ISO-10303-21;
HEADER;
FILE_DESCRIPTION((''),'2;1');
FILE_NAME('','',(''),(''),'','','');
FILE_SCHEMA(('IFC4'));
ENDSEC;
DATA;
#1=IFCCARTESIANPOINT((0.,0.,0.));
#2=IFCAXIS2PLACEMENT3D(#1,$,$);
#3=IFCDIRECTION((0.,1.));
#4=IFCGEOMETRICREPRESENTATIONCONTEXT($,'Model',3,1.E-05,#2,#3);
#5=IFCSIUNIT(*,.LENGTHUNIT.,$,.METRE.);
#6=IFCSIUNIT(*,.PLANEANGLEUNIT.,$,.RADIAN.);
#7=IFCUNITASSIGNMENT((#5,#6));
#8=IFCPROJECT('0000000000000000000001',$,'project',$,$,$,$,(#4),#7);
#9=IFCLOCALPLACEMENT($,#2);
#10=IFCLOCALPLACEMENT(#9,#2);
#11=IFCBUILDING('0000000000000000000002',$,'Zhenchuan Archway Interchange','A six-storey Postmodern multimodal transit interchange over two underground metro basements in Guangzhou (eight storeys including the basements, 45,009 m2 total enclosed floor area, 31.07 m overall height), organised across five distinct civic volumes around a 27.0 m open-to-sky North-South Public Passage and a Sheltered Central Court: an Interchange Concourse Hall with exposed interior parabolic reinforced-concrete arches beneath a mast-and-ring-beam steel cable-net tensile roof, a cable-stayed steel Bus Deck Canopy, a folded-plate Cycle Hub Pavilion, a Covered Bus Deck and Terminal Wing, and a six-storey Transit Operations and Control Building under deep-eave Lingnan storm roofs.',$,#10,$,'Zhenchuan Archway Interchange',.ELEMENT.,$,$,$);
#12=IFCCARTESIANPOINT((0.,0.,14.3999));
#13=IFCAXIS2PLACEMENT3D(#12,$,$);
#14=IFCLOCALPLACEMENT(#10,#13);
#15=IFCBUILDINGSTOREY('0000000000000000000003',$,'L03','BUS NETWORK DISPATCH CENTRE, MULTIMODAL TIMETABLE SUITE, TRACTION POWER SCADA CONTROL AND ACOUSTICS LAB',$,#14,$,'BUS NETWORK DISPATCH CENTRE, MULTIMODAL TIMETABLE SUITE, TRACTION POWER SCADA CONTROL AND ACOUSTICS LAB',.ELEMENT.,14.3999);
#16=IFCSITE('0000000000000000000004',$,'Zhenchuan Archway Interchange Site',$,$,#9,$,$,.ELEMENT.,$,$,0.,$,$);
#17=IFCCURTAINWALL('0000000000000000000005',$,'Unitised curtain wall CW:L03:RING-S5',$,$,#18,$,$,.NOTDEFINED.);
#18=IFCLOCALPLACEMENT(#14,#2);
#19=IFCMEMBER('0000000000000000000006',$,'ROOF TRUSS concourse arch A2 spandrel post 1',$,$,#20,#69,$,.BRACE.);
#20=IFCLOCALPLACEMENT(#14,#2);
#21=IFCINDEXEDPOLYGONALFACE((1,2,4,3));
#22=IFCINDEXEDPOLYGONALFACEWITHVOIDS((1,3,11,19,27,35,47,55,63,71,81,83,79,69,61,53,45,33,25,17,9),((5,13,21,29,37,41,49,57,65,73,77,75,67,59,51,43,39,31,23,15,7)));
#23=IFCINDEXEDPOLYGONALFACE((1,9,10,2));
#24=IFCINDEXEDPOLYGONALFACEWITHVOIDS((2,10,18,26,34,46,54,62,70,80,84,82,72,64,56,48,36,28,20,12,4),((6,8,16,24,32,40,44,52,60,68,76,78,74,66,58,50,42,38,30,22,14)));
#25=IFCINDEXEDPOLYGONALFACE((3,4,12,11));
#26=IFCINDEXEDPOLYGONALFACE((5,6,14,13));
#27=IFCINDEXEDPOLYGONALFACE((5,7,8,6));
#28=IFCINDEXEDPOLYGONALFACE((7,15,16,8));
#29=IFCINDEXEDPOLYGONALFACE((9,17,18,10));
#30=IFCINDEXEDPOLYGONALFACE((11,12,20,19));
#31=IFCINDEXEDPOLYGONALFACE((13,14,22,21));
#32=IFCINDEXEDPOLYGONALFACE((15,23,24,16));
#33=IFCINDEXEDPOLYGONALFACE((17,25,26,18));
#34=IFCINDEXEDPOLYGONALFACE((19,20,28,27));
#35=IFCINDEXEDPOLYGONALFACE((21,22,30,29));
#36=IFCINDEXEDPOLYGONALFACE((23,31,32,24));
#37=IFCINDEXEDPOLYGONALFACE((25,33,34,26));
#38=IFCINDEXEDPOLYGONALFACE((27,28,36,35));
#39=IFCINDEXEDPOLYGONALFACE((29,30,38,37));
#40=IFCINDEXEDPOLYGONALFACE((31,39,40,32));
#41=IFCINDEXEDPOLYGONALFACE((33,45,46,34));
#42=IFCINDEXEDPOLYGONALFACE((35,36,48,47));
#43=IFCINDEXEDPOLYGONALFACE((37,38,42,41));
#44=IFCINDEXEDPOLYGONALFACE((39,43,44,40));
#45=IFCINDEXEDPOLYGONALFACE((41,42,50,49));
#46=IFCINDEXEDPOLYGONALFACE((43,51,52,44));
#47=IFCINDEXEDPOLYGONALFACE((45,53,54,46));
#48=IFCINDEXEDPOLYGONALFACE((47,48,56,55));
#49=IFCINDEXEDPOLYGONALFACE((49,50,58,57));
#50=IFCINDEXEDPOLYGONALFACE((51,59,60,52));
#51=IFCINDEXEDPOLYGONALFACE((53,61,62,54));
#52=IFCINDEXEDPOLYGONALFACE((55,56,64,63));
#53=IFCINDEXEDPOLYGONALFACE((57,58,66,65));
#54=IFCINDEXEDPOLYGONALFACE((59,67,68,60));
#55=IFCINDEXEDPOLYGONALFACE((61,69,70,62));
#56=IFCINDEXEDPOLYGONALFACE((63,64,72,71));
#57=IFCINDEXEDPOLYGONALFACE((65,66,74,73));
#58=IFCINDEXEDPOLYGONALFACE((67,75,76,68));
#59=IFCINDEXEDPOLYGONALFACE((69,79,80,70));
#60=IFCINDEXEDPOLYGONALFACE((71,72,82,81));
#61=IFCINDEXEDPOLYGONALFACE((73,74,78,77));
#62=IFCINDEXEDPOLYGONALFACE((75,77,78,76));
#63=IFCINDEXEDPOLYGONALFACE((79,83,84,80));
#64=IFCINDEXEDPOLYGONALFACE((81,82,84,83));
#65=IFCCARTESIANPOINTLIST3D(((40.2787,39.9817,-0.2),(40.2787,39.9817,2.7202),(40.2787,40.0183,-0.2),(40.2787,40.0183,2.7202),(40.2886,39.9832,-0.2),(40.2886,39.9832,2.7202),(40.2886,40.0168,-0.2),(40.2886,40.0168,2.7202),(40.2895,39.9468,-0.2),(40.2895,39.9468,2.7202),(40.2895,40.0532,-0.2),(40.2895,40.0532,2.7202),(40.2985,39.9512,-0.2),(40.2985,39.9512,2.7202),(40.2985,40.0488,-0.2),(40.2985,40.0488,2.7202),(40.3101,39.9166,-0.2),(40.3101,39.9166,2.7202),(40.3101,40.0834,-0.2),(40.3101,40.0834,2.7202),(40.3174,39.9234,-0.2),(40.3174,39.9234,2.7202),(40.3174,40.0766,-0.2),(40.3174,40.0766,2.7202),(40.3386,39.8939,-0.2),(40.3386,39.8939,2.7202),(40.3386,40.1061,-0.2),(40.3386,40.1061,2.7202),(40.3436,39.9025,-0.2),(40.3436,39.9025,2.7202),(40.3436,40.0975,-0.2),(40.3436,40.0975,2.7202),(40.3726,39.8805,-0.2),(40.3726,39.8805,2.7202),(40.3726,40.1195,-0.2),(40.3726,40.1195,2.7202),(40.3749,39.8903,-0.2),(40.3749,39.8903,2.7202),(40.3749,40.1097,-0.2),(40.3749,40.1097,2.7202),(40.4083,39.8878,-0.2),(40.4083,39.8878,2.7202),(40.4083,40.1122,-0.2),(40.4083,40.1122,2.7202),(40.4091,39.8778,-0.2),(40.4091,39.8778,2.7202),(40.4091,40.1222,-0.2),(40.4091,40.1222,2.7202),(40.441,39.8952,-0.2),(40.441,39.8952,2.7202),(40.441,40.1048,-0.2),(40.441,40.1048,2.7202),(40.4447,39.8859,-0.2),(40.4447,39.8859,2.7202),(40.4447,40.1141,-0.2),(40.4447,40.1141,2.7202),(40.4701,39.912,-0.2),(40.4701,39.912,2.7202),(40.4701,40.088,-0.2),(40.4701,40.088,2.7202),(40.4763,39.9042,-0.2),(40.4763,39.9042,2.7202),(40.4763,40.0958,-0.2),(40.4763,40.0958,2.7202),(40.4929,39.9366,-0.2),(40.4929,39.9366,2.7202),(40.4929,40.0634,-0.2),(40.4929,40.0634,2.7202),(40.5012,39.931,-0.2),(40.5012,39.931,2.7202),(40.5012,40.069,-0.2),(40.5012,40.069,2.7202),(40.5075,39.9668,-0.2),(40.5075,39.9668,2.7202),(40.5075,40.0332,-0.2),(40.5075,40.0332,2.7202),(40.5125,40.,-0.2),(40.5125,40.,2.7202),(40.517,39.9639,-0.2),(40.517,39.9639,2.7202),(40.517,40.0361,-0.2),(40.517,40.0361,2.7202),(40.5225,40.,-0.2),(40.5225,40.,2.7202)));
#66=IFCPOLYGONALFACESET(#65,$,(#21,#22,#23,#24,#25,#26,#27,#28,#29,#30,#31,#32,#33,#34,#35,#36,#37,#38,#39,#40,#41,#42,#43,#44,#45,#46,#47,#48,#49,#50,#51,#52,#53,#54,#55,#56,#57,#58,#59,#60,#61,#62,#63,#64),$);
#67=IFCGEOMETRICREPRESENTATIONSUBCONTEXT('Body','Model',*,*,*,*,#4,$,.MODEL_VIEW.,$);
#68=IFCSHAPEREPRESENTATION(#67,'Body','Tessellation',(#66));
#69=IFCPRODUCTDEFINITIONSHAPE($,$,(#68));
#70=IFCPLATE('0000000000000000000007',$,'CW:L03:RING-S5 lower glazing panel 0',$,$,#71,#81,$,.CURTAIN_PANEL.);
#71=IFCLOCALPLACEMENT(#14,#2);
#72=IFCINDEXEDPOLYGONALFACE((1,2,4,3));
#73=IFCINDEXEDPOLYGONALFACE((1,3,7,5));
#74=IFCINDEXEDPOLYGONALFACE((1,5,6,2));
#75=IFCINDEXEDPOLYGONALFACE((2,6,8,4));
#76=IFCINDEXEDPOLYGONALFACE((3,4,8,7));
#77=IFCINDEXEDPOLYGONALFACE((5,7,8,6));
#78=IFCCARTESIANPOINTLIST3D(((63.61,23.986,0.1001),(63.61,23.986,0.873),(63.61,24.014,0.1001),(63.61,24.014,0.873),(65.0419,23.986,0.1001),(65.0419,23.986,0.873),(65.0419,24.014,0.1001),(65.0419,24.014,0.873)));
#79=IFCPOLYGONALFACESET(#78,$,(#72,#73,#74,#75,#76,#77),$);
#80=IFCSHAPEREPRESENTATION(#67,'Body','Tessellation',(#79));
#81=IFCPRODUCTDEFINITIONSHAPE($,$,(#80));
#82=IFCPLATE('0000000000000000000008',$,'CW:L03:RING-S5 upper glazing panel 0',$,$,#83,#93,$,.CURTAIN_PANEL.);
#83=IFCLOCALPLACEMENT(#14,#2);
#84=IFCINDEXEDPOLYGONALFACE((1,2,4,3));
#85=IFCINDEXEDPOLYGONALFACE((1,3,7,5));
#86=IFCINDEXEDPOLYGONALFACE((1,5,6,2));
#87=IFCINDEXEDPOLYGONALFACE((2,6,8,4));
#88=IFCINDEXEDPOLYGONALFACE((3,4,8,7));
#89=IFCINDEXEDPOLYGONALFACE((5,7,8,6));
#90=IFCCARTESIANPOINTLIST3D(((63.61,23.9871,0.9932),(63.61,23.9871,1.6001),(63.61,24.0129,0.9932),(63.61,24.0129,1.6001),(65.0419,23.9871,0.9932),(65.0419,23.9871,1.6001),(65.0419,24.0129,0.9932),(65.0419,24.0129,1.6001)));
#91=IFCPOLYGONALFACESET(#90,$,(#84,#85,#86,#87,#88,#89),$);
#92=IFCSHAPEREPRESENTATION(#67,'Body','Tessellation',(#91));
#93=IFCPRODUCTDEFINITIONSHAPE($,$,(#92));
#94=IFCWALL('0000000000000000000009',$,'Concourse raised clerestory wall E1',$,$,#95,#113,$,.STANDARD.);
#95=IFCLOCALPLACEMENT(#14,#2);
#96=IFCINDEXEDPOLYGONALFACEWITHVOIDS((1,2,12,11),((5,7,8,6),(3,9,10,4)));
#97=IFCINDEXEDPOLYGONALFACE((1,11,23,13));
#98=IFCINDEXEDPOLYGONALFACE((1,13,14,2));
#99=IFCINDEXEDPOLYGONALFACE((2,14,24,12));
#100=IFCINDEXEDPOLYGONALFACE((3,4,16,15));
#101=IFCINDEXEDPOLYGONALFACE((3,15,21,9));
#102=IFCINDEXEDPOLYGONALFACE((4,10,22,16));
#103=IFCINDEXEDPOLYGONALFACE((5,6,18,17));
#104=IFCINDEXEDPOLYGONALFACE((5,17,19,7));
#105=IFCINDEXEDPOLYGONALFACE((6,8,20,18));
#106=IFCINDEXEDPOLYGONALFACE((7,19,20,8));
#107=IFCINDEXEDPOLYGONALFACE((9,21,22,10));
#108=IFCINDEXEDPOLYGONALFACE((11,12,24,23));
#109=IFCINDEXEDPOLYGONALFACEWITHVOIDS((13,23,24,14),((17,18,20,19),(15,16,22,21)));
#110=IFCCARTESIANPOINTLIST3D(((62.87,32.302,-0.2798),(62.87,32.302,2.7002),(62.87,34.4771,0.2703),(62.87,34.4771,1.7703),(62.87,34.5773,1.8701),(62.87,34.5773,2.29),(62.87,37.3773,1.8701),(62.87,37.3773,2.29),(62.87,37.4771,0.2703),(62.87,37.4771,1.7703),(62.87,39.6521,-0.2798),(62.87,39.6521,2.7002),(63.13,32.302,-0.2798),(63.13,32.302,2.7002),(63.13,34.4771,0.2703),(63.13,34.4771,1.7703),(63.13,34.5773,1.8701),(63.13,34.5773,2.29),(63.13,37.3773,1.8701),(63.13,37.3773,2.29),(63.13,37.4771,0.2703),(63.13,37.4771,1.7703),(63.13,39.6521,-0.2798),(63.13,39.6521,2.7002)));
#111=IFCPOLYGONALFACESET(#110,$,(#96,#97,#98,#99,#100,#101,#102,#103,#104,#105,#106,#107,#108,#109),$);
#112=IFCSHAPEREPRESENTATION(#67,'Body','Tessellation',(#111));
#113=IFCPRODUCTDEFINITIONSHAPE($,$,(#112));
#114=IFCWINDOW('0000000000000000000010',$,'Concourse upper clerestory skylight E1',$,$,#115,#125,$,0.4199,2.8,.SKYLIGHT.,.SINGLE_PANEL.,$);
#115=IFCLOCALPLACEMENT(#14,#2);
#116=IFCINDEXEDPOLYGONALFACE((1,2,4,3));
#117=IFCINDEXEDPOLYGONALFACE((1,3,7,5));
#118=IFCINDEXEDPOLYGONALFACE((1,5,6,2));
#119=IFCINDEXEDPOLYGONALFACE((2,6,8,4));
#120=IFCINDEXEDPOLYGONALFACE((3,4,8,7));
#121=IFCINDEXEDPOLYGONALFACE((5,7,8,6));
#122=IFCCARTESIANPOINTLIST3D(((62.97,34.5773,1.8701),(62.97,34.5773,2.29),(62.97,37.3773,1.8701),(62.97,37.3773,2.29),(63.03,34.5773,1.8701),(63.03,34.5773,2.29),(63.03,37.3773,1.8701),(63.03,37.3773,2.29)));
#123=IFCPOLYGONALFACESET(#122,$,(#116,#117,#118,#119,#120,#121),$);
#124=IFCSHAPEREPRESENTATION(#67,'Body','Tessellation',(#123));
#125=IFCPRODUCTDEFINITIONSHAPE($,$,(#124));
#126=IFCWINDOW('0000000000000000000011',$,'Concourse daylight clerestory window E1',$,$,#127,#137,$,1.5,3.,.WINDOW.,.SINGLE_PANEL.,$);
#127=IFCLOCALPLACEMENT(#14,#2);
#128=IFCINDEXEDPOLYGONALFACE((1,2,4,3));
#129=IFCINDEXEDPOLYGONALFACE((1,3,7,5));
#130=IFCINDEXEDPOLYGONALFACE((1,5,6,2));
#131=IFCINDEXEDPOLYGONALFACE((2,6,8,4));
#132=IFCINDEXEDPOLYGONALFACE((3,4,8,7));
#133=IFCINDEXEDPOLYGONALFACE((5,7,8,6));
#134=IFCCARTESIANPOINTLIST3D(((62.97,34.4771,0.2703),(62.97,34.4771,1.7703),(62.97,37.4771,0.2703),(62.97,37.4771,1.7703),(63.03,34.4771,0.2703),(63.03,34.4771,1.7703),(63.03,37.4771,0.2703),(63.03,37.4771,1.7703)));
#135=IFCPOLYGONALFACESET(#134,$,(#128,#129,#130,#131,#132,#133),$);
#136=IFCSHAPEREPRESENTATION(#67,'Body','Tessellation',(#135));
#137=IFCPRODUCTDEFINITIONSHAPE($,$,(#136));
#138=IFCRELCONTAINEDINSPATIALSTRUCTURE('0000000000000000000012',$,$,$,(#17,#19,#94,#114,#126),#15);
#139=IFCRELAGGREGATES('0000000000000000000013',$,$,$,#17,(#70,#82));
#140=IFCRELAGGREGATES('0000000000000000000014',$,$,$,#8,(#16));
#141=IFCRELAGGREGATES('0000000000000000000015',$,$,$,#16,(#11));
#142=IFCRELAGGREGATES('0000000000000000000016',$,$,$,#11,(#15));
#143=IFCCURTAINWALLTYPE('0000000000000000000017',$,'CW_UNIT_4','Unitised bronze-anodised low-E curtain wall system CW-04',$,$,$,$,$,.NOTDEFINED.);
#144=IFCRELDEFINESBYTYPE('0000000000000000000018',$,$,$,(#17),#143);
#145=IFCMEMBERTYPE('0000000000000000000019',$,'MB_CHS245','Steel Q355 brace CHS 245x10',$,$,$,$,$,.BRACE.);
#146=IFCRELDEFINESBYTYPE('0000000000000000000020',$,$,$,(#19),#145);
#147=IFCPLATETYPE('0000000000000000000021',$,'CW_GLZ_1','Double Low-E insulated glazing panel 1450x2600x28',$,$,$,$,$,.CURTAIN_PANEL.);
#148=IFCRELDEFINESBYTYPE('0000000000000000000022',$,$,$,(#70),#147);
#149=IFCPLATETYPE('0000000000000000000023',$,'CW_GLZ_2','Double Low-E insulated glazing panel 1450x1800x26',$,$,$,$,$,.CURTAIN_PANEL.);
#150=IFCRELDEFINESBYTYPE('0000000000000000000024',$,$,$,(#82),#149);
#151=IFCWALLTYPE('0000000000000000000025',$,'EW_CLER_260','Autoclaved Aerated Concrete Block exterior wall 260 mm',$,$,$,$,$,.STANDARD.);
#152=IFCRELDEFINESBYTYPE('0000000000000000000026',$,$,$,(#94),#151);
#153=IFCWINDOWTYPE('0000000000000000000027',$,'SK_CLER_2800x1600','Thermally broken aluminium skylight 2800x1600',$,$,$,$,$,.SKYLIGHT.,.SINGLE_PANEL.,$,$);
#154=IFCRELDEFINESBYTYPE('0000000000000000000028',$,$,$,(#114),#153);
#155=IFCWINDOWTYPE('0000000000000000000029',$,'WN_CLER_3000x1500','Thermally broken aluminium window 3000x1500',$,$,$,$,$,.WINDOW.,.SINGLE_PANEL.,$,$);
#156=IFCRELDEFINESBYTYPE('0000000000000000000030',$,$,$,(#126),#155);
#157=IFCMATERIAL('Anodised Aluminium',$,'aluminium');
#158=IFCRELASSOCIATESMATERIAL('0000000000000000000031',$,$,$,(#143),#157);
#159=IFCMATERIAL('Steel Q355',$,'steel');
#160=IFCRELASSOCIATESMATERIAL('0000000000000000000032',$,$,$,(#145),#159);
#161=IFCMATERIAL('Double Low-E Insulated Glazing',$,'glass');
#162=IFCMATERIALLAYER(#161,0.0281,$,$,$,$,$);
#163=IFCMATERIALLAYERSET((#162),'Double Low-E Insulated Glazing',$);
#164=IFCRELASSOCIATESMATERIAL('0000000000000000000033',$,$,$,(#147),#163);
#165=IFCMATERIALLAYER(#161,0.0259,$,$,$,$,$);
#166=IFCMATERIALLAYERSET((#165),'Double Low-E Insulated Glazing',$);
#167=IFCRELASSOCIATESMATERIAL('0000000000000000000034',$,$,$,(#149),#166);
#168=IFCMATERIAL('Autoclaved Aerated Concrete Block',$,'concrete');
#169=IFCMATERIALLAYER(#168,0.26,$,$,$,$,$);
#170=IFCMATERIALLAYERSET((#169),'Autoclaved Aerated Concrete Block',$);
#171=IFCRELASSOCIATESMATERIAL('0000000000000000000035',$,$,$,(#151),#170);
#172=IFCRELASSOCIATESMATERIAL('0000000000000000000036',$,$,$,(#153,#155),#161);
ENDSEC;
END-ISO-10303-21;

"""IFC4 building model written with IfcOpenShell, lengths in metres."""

from ifc_helpers import new_model, si_unit, direction, frame, frame_2d, origin, origin_2d, place, context, subcontext, project, spatial, rectangle, hollow_circle, extrude, material, layer, layer_set, material_profile, profile_set, type_object, element, fill, aggregate, save


model = new_model("IFC4")

# Units and contexts
model_context = context("Model", 3, precision=1e-05, world=origin(), true_north=direction((0.0, 1.0)))
body_context = subcontext(model_context, "Body", "Model", "MODEL_VIEW")
ifc_project = project(units=[si_unit("LENGTHUNIT", "METRE"), si_unit("PLANEANGLEUNIT", "RADIAN")], contexts=[model_context])

# Site, building, storey
site_placement = place(None, origin())
site = spatial("IfcSite", under=ifc_project, at=site_placement, Name="Zhenchuan Archway Interchange Site", CompositionType="ELEMENT", RefElevation=0.0)
building_placement = place(site_placement, origin())
building = spatial("IfcBuilding", under=site, at=building_placement, Name="Zhenchuan Archway Interchange", Description="A six-storey Postmodern multimodal transit interchange over two underground metro basements in Guangzhou (eight storeys including the basements, 45,009 m2 total enclosed floor area, 31.07 m overall height), organised across five distinct civic volumes around a 27.0 m open-to-sky North-South Public Passage and a Sheltered Central Court: an Interchange Concourse Hall with exposed interior parabolic reinforced-concrete arches beneath a mast-and-ring-beam steel cable-net tensile roof, a cable-stayed steel Bus Deck Canopy, a folded-plate Cycle Hub Pavilion, a Covered Bus Deck and Terminal Wing, and a six-storey Transit Operations and Control Building under deep-eave Lingnan storm roofs.", LongName="Zhenchuan Archway Interchange", CompositionType="ELEMENT")
storey_placement = place(building_placement, frame((0.0, 0.0, 14.3999)))
storey = spatial("IfcBuildingStorey", under=building, at=storey_placement, Name="L03", Description="BUS NETWORK DISPATCH CENTRE, MULTIMODAL TIMETABLE SUITE, TRACTION POWER SCADA CONTROL AND ACOUSTICS LAB", LongName="BUS NETWORK DISPATCH CENTRE, MULTIMODAL TIMETABLE SUITE, TRACTION POWER SCADA CONTROL AND ACOUSTICS LAB", CompositionType="ELEMENT", Elevation=14.3999)

# Shared definitions
ifc_material_1 = material(Name="Steel Q355", Category="steel")

# Curtain wall
ifc_material_2 = material(Name="Anodised Aluminium", Category="aluminium")
curtain_wall_type = type_object("IfcCurtainWallType", Name="CW_UNIT_4", Description="Unitised bronze-anodised low-E curtain wall system CW-04", PredefinedType="NOTDEFINED", material=ifc_material_2)
curtain_wall_placement = place(storey_placement, origin())
curtain_wall = element("IfcCurtainWall", 1, at=curtain_wall_placement, inside=storey, type_object=curtain_wall_type, Name="Unitised curtain wall CW:L03:RING-S5", PredefinedType="NOTDEFINED")

# Member
ifc_material_profile_1 = material_profile(ifc_material_1, hollow_circle(Radius=0.1226, WallThickness=0.01, at=origin_2d()), Name="CHS 245x10")
ifc_profile_set_1 = profile_set([ifc_material_profile_1], Name="Steel Q355")
member_type_1 = type_object("IfcMemberType", Name="MB_CHS245", Description="Steel Q355 brace CHS 245x10", PredefinedType="BRACE", material=ifc_profile_set_1)
for number, where, z_axis, x_axis, name in (
    (2, (40.3999, 40.0, -0.2), (0.0, 0.0, 1.0), (1.0, 0.0, 0.0), "ROOF TRUSS concourse arch A2 spandrel post 1"),
):
    element("IfcMember", number, at=place(storey_placement, frame(where, z_axis=z_axis, x_axis=x_axis)), inside=storey, type_object=member_type_1, Name=name, PredefinedType="BRACE", context=body_context, shape_type="SweptSolid", body=[
        extrude(hollow_circle(Radius=0.1226, WallThickness=0.01, at=origin_2d()), origin(), (0.0, 0.0, 1.0), 2.9202),
    ])

# Plates
ifc_material_3 = material(Name="Double Low-E Insulated Glazing", Category="glass")
ifc_layer_1 = layer(ifc_material_3, 0.0281)
ifc_layer_set_1 = layer_set([ifc_layer_1], Name="Double Low-E Insulated Glazing")
plate_type_1 = type_object("IfcPlateType", Name="CW_GLZ_1", Description="Double Low-E insulated glazing panel 1450x2600x28", PredefinedType="CURTAIN_PANEL", material=ifc_layer_set_1)
plate_1_placement = place(storey_placement, frame((64.3259, 24.0, 0.1001), z_axis=(0.0, 0.0, 1.0), x_axis=(1.0, 0.0, 0.0)))
plate_1 = element("IfcPlate", 3, at=plate_1_placement, type_object=plate_type_1, Name="CW:L03:RING-S5 lower glazing panel 0", PredefinedType="CURTAIN_PANEL", context=body_context, shape_type="SweptSolid", body=[
    extrude(rectangle(XDim=1.4319, YDim=0.0281, at=origin_2d()), origin(), (0.0, 0.0, 1.0), 0.7729),
])
ifc_layer_2 = layer(ifc_material_3, 0.0259)
ifc_layer_set_2 = layer_set([ifc_layer_2], Name="Double Low-E Insulated Glazing")
plate_type_2 = type_object("IfcPlateType", Name="CW_GLZ_2", Description="Double Low-E insulated glazing panel 1450x1800x26", PredefinedType="CURTAIN_PANEL", material=ifc_layer_set_2)
plate_2_placement = place(storey_placement, frame((64.3259, 24.0, 0.9932), z_axis=(0.0, 0.0, 1.0), x_axis=(1.0, 0.0, 0.0)))
plate_2 = element("IfcPlate", 4, at=plate_2_placement, type_object=plate_type_2, Name="CW:L03:RING-S5 upper glazing panel 0", PredefinedType="CURTAIN_PANEL", context=body_context, shape_type="SweptSolid", body=[
    extrude(rectangle(XDim=1.4319, YDim=0.0259, at=origin_2d()), origin(), (0.0, 0.0, 1.0), 0.6069),
])
aggregate(curtain_wall, [plate_1, plate_2])

# Wall, openings, windows
ifc_material_4 = material(Name="Autoclaved Aerated Concrete Block", Category="concrete")
ifc_layer_3 = layer(ifc_material_4, 0.26)
ifc_layer_set_3 = layer_set([ifc_layer_3], Name="Autoclaved Aerated Concrete Block")
wall_type = type_object("IfcWallType", Name="EW_CLER_260", Description="Autoclaved Aerated Concrete Block exterior wall 260 mm", PredefinedType="STANDARD", material=ifc_layer_set_3)
wall_placement = place(storey_placement, frame((63.0, 39.6521, -0.2798), z_axis=(0.0, 0.0, 1.0), x_axis=(0.0, -1.0, 0.0)))
wall = element("IfcWall", 5, at=wall_placement, inside=storey, type_object=wall_type, Name="Concourse raised clerestory wall E1", PredefinedType="STANDARD", context=body_context, shape_type="SweptSolid", body=[
    extrude(rectangle(XDim=7.3501, YDim=0.26, at=frame_2d((3.675, 0.0))), origin(), (0.0, 0.0, 1.0), 2.98),
])
opening_1_placement = place(wall_placement, frame((2.175, 0.0, 0.55)))
opening_1 = element("IfcOpeningElement", 6, at=opening_1_placement, cuts=wall, PredefinedType="OPENING", context=body_context, shape_type="SweptSolid", body=[
    extrude(rectangle(XDim=3.0, YDim=1.5, at=frame_2d((1.5, 0.75))), frame((0.0, 0.1421, 0.0), z_axis=(0.0, -1.0, 0.0), x_axis=(1.0, 0.0, 0.0)), (0.0, 0.0, 1.0), 0.2839),
])
opening_2_placement = place(wall_placement, frame((2.2749, 0.0, 2.1499)))
opening_2 = element("IfcOpeningElement", 7, at=opening_2_placement, cuts=wall, PredefinedType="OPENING", context=body_context, shape_type="SweptSolid", body=[
    extrude(rectangle(XDim=2.8, YDim=0.4199, at=frame_2d((1.3999, 0.21))), frame((0.0, 0.1421, 0.0), z_axis=(0.0, -1.0, 0.0), x_axis=(1.0, 0.0, 0.0)), (0.0, 0.0, 1.0), 0.2839),
])
window_type_1 = type_object("IfcWindowType", Name="SK_CLER_2800x1600", Description="Thermally broken aluminium skylight 2800x1600", PartitioningType="SINGLE_PANEL", PredefinedType="SKYLIGHT", material=ifc_material_3)
window_1_placement = place(opening_2_placement, origin())
window_1 = element("IfcWindow", 8, at=window_1_placement, inside=storey, type_object=window_type_1, Name="Concourse upper clerestory skylight E1", OverallHeight=0.4199, OverallWidth=2.8, PartitioningType="SINGLE_PANEL", PredefinedType="SKYLIGHT", context=body_context, shape_type="SweptSolid", body=[
    extrude(rectangle(XDim=2.8, YDim=0.4199, at=frame_2d((1.3999, 0.21))), frame((0.0, 0.03, 0.0), z_axis=(0.0, -1.0, 0.0), x_axis=(1.0, 0.0, 0.0)), (0.0, 0.0, 1.0), 0.0601),
])
fill(opening_2, window_1)
window_type_2 = type_object("IfcWindowType", Name="WN_CLER_3000x1500", Description="Thermally broken aluminium window 3000x1500", PartitioningType="SINGLE_PANEL", PredefinedType="WINDOW", material=ifc_material_3)
window_2_placement = place(opening_1_placement, origin())
window_2 = element("IfcWindow", 9, at=window_2_placement, inside=storey, type_object=window_type_2, Name="Concourse daylight clerestory window E1", OverallHeight=1.5, OverallWidth=3.0, PartitioningType="SINGLE_PANEL", PredefinedType="WINDOW", context=body_context, shape_type="SweptSolid", body=[
    extrude(rectangle(XDim=3.0, YDim=1.5, at=frame_2d((1.5, 0.75))), frame((0.0, 0.03, 0.0), z_axis=(0.0, -1.0, 0.0), x_axis=(1.0, 0.0, 0.0)), (0.0, 0.0, 1.0), 0.0601),
])
fill(opening_1, window_2)

save(model, "model.ifc")
